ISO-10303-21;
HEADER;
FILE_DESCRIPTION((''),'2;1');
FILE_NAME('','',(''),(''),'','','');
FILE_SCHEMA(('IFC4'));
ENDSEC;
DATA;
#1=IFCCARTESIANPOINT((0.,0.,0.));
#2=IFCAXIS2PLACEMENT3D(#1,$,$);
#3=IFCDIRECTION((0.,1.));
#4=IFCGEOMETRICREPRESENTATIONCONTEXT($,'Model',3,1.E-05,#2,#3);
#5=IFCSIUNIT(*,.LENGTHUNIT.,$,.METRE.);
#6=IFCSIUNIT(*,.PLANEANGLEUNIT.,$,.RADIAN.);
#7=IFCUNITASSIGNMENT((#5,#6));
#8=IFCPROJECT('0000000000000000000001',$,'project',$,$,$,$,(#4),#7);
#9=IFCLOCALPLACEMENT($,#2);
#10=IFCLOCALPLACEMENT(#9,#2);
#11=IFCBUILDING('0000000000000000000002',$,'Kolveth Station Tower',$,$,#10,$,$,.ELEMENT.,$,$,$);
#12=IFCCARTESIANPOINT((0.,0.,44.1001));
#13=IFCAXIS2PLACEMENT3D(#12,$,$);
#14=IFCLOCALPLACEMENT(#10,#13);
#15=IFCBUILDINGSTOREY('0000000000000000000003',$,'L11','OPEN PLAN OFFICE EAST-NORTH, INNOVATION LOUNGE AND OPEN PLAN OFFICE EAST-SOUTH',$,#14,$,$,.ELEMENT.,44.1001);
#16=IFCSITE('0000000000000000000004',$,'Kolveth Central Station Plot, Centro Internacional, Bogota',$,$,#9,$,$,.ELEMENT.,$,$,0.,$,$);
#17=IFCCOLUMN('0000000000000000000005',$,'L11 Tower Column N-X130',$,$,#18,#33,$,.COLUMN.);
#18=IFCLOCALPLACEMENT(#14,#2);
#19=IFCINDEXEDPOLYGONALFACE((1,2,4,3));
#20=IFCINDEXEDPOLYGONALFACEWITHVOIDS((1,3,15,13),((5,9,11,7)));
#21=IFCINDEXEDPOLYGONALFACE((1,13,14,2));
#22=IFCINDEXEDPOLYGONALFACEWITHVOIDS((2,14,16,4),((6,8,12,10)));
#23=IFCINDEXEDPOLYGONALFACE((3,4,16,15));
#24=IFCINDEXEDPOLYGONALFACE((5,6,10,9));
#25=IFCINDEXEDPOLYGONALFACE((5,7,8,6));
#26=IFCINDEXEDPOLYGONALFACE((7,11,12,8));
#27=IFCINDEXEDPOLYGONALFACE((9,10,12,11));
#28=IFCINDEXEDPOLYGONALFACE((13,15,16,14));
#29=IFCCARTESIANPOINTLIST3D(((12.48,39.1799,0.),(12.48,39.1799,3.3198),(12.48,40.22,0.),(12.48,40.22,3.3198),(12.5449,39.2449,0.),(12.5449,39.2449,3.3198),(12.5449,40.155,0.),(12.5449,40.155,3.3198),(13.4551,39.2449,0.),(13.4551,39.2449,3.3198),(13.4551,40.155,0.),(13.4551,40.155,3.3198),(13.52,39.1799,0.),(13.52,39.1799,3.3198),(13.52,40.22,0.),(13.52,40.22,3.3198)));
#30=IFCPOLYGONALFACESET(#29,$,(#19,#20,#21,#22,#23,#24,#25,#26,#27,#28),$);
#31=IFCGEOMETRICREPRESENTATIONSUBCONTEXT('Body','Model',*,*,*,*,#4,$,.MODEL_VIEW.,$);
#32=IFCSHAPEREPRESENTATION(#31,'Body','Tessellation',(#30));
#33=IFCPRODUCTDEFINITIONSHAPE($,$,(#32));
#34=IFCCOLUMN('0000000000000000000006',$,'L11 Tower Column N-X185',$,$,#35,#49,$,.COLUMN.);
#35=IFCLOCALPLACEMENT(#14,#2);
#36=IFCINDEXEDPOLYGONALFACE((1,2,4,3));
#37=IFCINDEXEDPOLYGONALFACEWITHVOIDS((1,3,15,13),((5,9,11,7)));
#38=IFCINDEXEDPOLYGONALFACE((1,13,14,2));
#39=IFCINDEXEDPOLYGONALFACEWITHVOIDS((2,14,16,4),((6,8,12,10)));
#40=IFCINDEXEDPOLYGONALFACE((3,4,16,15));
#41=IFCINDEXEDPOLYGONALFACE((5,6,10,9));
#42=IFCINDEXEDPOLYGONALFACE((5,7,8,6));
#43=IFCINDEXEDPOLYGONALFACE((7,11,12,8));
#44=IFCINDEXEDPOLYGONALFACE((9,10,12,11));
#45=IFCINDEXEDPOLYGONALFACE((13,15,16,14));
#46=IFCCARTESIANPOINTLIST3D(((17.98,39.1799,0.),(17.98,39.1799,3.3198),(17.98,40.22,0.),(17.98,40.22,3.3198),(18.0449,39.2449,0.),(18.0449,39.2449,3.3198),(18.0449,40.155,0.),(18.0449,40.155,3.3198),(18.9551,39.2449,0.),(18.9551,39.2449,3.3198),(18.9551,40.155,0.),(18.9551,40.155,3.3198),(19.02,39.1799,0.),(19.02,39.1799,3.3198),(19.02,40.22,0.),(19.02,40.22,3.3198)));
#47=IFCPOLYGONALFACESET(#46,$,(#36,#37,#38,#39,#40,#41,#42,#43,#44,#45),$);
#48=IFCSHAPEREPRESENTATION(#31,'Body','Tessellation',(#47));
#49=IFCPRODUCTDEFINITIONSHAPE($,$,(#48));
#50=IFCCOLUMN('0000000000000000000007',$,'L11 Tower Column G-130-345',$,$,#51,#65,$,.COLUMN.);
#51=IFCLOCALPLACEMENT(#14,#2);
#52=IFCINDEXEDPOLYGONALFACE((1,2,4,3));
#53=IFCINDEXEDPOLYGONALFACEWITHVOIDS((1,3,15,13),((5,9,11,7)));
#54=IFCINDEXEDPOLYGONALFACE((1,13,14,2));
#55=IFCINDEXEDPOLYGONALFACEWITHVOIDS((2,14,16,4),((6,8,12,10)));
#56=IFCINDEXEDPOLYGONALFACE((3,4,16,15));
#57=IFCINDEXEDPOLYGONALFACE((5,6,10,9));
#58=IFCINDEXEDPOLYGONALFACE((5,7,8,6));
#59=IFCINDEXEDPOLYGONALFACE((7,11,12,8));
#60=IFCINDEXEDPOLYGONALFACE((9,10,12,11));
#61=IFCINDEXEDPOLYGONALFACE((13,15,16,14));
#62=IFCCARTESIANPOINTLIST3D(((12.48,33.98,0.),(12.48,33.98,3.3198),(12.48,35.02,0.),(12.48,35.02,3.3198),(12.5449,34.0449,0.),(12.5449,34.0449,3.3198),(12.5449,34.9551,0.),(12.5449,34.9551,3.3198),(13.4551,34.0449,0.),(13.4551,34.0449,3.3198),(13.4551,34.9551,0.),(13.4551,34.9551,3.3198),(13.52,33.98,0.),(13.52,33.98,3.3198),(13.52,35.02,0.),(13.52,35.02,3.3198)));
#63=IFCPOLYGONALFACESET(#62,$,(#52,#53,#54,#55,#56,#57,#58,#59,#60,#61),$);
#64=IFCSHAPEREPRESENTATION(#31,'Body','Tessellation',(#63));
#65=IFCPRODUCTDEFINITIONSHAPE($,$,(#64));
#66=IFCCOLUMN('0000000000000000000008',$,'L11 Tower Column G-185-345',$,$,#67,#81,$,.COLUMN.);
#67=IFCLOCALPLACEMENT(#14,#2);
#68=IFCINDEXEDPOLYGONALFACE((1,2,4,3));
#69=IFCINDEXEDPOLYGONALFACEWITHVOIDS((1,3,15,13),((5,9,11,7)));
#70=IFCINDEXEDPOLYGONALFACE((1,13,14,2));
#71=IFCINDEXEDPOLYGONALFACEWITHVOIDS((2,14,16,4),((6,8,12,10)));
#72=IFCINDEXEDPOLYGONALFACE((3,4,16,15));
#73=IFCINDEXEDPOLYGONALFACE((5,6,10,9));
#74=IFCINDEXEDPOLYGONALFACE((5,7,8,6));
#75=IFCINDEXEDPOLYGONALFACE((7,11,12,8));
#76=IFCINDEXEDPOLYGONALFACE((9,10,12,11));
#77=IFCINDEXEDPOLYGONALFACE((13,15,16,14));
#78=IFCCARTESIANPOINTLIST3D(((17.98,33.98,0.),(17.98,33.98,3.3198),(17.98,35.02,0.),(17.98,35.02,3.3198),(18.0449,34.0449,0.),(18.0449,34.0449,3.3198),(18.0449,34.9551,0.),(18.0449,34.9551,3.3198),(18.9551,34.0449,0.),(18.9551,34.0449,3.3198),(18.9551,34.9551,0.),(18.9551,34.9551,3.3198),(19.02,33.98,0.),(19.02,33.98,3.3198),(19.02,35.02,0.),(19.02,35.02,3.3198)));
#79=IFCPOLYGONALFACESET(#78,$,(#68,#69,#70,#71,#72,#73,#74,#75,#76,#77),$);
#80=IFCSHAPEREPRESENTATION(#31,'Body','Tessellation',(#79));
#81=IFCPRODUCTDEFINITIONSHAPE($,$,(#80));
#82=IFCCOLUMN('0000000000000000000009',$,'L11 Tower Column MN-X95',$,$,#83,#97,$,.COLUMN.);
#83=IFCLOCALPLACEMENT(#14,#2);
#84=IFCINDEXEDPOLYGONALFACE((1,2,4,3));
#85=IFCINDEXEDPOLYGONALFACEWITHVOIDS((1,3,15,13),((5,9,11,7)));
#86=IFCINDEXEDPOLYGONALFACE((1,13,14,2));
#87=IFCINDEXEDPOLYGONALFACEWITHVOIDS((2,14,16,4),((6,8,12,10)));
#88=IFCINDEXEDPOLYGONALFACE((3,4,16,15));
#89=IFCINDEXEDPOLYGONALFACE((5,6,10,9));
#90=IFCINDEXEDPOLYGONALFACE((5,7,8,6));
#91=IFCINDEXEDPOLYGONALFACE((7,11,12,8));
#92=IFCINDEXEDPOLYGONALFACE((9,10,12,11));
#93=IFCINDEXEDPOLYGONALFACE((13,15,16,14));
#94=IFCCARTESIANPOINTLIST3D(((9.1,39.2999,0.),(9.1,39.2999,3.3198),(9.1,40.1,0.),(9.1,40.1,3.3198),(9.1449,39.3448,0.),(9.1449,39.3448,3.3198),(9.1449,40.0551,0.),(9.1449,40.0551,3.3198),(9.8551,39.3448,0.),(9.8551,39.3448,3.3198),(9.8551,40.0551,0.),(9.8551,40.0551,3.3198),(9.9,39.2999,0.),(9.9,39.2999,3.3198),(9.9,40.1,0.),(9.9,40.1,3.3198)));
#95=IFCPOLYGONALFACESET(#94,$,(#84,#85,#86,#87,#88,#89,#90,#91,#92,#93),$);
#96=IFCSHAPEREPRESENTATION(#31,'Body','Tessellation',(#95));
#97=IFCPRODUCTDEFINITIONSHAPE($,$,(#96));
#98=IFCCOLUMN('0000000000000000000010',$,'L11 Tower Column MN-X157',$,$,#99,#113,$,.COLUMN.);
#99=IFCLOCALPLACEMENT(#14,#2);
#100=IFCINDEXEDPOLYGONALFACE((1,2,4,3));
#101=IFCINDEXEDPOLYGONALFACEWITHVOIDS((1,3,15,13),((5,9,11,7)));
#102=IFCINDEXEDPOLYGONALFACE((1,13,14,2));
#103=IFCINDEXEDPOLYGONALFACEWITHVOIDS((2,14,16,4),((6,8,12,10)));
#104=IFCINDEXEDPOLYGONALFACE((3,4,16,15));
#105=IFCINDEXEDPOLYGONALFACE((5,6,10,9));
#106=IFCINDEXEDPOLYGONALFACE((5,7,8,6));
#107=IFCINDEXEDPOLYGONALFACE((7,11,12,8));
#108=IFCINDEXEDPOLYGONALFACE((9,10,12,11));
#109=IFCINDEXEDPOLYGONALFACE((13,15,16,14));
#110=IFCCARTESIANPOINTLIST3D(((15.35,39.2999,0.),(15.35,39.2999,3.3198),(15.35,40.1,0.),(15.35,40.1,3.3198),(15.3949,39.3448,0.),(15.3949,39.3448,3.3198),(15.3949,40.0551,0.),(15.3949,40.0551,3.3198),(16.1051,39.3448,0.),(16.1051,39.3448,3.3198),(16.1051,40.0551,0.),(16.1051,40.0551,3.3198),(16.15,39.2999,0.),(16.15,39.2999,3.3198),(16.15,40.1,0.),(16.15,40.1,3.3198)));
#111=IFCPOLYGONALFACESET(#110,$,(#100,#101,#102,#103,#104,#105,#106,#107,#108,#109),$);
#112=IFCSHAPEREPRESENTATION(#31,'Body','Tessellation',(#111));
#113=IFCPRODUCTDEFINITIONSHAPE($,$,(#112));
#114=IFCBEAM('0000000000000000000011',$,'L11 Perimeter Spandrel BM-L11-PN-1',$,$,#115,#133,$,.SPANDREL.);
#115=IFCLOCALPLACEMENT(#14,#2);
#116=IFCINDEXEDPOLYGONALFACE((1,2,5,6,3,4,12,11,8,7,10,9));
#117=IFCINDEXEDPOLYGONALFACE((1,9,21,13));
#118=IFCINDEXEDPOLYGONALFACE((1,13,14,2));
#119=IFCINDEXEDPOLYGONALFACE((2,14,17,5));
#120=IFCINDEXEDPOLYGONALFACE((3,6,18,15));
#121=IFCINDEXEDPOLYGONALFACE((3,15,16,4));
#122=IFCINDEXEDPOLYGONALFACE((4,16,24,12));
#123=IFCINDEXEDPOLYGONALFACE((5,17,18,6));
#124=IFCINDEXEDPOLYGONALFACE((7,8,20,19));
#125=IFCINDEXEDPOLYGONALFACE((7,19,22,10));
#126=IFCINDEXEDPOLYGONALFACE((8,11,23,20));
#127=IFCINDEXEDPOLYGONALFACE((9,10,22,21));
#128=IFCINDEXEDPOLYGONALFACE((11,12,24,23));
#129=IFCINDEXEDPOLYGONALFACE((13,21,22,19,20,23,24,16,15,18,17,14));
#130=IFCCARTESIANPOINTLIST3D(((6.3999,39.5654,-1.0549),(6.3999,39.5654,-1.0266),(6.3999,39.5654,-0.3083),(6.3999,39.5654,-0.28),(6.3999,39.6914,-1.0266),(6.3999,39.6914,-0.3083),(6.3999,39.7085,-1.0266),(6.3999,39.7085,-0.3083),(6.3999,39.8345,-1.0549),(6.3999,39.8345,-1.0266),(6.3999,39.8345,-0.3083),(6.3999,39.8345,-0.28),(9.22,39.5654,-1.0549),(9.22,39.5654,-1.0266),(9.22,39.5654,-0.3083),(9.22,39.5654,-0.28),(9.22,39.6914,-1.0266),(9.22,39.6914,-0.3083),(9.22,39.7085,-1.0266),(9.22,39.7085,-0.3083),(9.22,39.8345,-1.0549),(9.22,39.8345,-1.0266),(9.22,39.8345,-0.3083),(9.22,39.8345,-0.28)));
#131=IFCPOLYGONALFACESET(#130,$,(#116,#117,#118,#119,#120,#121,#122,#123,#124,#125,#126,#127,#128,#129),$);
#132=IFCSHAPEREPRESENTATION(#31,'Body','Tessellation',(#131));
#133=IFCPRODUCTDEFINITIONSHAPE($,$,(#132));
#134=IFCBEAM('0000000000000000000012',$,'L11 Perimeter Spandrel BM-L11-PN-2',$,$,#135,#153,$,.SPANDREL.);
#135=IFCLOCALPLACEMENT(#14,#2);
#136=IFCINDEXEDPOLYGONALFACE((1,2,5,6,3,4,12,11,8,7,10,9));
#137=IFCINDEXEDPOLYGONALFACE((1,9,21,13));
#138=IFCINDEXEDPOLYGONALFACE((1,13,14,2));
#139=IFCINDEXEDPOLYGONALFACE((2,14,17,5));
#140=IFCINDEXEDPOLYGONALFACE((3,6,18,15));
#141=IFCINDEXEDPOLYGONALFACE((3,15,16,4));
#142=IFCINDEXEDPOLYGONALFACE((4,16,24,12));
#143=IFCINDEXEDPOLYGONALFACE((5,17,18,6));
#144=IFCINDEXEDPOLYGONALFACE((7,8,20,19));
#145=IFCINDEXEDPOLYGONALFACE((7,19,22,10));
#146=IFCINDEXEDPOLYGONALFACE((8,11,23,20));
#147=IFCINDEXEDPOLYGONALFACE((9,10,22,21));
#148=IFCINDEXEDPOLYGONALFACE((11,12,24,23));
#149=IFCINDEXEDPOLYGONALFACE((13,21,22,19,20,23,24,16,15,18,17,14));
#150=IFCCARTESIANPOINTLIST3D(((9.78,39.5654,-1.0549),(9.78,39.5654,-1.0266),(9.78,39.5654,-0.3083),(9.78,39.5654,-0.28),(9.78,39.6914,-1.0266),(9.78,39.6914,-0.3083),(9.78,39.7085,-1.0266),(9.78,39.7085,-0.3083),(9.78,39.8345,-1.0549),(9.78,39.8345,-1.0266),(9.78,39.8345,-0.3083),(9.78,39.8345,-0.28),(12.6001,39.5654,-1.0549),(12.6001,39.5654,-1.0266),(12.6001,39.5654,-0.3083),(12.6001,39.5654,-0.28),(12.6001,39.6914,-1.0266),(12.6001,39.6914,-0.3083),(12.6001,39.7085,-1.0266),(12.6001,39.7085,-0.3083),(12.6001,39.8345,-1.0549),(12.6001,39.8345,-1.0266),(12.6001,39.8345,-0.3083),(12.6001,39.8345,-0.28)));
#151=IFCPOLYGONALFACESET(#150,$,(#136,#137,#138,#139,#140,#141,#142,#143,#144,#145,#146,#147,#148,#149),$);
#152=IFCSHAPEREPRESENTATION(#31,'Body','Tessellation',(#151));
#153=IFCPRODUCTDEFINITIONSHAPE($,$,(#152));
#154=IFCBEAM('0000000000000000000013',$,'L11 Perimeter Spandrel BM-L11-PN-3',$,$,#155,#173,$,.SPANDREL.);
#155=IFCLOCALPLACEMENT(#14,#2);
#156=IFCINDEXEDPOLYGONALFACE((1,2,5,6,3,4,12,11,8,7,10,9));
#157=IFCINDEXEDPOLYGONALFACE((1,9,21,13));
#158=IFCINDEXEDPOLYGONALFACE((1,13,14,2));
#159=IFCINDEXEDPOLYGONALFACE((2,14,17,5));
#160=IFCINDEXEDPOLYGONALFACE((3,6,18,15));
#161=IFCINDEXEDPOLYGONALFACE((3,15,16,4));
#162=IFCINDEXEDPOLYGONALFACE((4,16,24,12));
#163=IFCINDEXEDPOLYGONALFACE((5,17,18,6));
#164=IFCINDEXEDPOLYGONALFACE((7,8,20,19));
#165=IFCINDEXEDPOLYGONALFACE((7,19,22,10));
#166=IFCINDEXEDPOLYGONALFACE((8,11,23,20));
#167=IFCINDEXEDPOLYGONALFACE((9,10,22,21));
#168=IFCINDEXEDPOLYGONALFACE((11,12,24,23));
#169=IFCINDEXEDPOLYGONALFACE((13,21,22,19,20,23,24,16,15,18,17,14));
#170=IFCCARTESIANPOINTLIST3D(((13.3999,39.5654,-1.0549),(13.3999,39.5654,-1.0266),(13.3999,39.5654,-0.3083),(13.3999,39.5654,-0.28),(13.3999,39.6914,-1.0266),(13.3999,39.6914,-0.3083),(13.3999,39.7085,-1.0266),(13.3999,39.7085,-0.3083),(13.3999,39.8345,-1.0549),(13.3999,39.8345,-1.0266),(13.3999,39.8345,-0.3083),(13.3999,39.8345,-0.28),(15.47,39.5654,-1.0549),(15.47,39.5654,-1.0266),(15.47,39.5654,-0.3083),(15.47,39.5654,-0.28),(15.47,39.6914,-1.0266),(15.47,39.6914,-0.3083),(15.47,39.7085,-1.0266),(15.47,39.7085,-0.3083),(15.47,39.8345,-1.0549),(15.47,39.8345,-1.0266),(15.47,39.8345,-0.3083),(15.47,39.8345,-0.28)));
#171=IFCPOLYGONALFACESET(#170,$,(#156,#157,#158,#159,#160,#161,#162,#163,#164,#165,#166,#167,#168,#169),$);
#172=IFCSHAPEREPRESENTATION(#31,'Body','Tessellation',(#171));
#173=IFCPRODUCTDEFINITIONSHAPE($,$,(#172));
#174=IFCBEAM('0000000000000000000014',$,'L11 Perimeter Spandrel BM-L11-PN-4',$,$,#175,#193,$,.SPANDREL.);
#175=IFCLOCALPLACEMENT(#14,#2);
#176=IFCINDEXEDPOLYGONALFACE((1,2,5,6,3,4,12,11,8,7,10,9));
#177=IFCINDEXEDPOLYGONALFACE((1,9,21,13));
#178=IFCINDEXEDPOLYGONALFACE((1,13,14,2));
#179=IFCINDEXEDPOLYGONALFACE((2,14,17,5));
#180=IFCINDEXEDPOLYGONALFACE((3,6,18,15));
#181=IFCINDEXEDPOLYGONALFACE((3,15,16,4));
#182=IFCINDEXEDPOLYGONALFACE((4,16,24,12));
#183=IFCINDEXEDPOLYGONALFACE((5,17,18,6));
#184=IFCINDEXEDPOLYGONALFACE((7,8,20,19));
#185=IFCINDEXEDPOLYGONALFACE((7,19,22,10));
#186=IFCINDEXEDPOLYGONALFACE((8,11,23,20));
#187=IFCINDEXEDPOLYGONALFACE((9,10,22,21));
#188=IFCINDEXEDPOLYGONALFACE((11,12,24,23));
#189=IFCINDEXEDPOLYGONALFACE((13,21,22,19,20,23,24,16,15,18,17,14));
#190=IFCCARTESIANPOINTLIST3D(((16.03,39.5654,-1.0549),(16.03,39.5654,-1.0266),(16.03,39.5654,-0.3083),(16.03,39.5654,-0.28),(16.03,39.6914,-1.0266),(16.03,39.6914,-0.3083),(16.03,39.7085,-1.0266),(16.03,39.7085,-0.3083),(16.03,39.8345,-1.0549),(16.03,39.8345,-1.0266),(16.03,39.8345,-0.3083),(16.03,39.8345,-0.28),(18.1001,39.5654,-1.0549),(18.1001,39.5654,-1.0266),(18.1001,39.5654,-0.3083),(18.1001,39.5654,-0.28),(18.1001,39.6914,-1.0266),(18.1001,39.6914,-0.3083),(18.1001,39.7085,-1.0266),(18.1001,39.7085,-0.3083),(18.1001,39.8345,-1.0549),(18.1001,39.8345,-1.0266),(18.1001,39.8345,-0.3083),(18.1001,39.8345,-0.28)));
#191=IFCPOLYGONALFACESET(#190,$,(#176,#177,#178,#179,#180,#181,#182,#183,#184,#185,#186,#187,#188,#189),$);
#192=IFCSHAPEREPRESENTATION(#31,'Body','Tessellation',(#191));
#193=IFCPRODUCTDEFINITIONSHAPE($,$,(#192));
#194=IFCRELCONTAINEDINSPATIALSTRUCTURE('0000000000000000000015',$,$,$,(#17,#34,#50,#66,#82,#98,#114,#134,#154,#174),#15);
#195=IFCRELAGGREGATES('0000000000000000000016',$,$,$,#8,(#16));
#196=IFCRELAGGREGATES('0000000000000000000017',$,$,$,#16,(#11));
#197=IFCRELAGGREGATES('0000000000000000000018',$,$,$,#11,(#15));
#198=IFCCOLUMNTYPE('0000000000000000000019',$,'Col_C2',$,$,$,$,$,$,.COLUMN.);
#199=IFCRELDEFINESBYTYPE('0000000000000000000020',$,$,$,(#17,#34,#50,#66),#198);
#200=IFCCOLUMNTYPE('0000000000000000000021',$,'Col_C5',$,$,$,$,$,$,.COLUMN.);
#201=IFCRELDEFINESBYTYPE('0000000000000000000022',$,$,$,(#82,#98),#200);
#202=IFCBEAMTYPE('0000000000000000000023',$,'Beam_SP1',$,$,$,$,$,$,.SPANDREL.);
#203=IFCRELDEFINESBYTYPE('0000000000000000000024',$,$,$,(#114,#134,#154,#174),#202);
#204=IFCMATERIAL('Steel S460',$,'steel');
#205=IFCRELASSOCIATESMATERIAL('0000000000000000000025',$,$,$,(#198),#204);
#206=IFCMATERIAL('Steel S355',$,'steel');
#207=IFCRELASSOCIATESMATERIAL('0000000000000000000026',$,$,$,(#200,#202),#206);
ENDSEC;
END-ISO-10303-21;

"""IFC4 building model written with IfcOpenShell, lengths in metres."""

from ifc_helpers import new_model, si_unit, direction, frame, origin, origin_2d, place, context, subcontext, project, spatial, hollow_rectangle, i_section, extrude, source, transform, mapped, material, material_profile, profile_set, type_object, element, save


model = new_model("IFC4")

# Units and contexts
model_context = context("Model", 3, precision=1e-05, world=origin(), true_north=direction((0.0, 1.0)))
body_context = subcontext(model_context, "Body", "Model", "MODEL_VIEW")
ifc_project = project(units=[si_unit("LENGTHUNIT", "METRE"), si_unit("PLANEANGLEUNIT", "RADIAN")], contexts=[model_context])

# Site, building, storey
site_placement = place(None, origin())
site = spatial("IfcSite", under=ifc_project, at=site_placement, Name="Kolveth Central Station Plot, Centro Internacional, Bogota", CompositionType="ELEMENT", RefElevation=0.0)
building_placement = place(site_placement, origin())
building = spatial("IfcBuilding", under=site, at=building_placement, Name="Kolveth Station Tower", CompositionType="ELEMENT")
storey_placement = place(building_placement, frame((0.0, 0.0, 44.1001)))
storey = spatial("IfcBuildingStorey", under=building, at=storey_placement, Name="L11", Description="OPEN PLAN OFFICE EAST-NORTH, INNOVATION LOUNGE AND OPEN PLAN OFFICE EAST-SOUTH", CompositionType="ELEMENT", Elevation=44.1001)

# Columns
ifc_material_1 = material(Name="Steel S460", Category="steel")
ifc_material_profile_1 = material_profile(ifc_material_1, hollow_rectangle(XDim=1.04, YDim=1.04, WallThickness=0.0649, at=origin_2d()), Name="BOX1040x1040x65")
ifc_profile_set_1 = profile_set([ifc_material_profile_1], Name="Steel S460")
column_type_1 = type_object("IfcColumnType", Name="Col_C2", PredefinedType="COLUMN", material=ifc_profile_set_1)
shared_shape_1 = source(origin(), body_context, "Body", "SweptSolid", [
    extrude(hollow_rectangle(XDim=1.04, YDim=1.04, WallThickness=0.0649, at=origin_2d()), origin(), (0.0, 0.0, 1.0), 3.3198),
])
for number, where, z_axis, x_axis, name in (
    (1, (13.0, 39.7, 0.0), (0.0, 0.0, 1.0), (1.0, 0.0, 0.0), "L11 Tower Column N-X130"),
    (2, (18.5, 39.7, 0.0), (0.0, 0.0, 1.0), (1.0, 0.0, 0.0), "L11 Tower Column N-X185"),
    (3, (13.0, 34.5, 0.0), (0.0, 0.0, 1.0), (1.0, 0.0, 0.0), "L11 Tower Column G-130-345"),
    (4, (18.5, 34.5, 0.0), (0.0, 0.0, 1.0), (1.0, 0.0, 0.0), "L11 Tower Column G-185-345"),
):
    element("IfcColumn", number, at=place(storey_placement, frame(where, z_axis=z_axis, x_axis=x_axis)), inside=storey, type_object=column_type_1, Name=name, PredefinedType="COLUMN", context=body_context, shape_type="MappedRepresentation", body=[
        mapped(shared_shape_1, transform((0.0, 0.0, 0.0), x_axis=(1.0, 0.0, 0.0), y_axis=(0.0, 1.0, 0.0), z_axis=(0.0, 0.0, 1.0), scale=1.0)),
    ])
ifc_material_2 = material(Name="Steel S355", Category="steel")
ifc_material_profile_2 = material_profile(ifc_material_2, hollow_rectangle(XDim=0.8, YDim=0.8, WallThickness=0.0449, at=origin_2d()), Name="BOX800x800x45")
ifc_profile_set_2 = profile_set([ifc_material_profile_2], Name="Steel S355")
column_type_2 = type_object("IfcColumnType", Name="Col_C5", PredefinedType="COLUMN", material=ifc_profile_set_2)
shared_shape_2 = source(origin(), body_context, "Body", "SweptSolid", [
    extrude(hollow_rectangle(XDim=0.8, YDim=0.8, WallThickness=0.0449, at=origin_2d()), origin(), (0.0, 0.0, 1.0), 3.3198),
])
for number, where, z_axis, x_axis, name in (
    (5, (9.5, 39.7, 0.0), (0.0, 0.0, 1.0), (1.0, 0.0, 0.0), "L11 Tower Column MN-X95"),
    (6, (15.75, 39.7, 0.0), (0.0, 0.0, 1.0), (1.0, 0.0, 0.0), "L11 Tower Column MN-X157"),
):
    element("IfcColumn", number, at=place(storey_placement, frame(where, z_axis=z_axis, x_axis=x_axis)), inside=storey, type_object=column_type_2, Name=name, PredefinedType="COLUMN", context=body_context, shape_type="MappedRepresentation", body=[
        mapped(shared_shape_2, transform((0.0, 0.0, 0.0), x_axis=(1.0, 0.0, 0.0), y_axis=(0.0, 1.0, 0.0), z_axis=(0.0, 0.0, 1.0), scale=1.0)),
    ])

# Beams
ifc_material_profile_3 = material_profile(ifc_material_2, i_section(OverallWidth=0.269, OverallDepth=0.7749, WebThickness=0.0171, FlangeThickness=0.0283, at=origin_2d()), Name="W760x220")
ifc_profile_set_3 = profile_set([ifc_material_profile_3], Name="Steel S355")
beam_type_1 = type_object("IfcBeamType", Name="Beam_SP1", PredefinedType="SPANDREL", material=ifc_profile_set_3)
shared_shape_3 = source(origin(), body_context, "Body", "SweptSolid", [
    extrude(i_section(OverallWidth=0.269, OverallDepth=0.7749, WebThickness=0.0171, FlangeThickness=0.0283, at=origin_2d()), origin(), (0.0, 0.0, 1.0), 2.8201),
])
for number, where, z_axis, x_axis, name in (
    (7, (6.3999, 39.7, -0.6675), (1.0, 0.0, 0.0), (0.0, 1.0, 0.0), "L11 Perimeter Spandrel BM-L11-PN-1"),
    (8, (9.78, 39.7, -0.6675), (1.0, 0.0, 0.0), (0.0, 1.0, 0.0), "L11 Perimeter Spandrel BM-L11-PN-2"),
):
    element("IfcBeam", number, at=place(storey_placement, frame(where, z_axis=z_axis, x_axis=x_axis)), inside=storey, type_object=beam_type_1, Name=name, PredefinedType="SPANDREL", context=body_context, shape_type="MappedRepresentation", body=[
        mapped(shared_shape_3, transform((0.0, 0.0, 0.0), x_axis=(1.0, 0.0, 0.0), y_axis=(0.0, 1.0, 0.0), z_axis=(0.0, 0.0, 1.0), scale=1.0)),
    ])
shared_shape_4 = source(origin(), body_context, "Body", "SweptSolid", [
    extrude(i_section(OverallWidth=0.269, OverallDepth=0.7749, WebThickness=0.0171, FlangeThickness=0.0283, at=origin_2d()), origin(), (0.0, 0.0, 1.0), 2.0701),
])
for number, where, z_axis, x_axis, name in (
    (9, (13.3999, 39.7, -0.6675), (1.0, 0.0, 0.0), (0.0, 1.0, 0.0), "L11 Perimeter Spandrel BM-L11-PN-3"),
    (10, (16.03, 39.7, -0.6675), (1.0, 0.0, 0.0), (0.0, 1.0, 0.0), "L11 Perimeter Spandrel BM-L11-PN-4"),
):
    element("IfcBeam", number, at=place(storey_placement, frame(where, z_axis=z_axis, x_axis=x_axis)), inside=storey, type_object=beam_type_1, Name=name, PredefinedType="SPANDREL", context=body_context, shape_type="MappedRepresentation", body=[
        mapped(shared_shape_4, transform((0.0, 0.0, 0.0), x_axis=(1.0, 0.0, 0.0), y_axis=(0.0, 1.0, 0.0), z_axis=(0.0, 0.0, 1.0), scale=1.0)),
    ])

save(model, "model.ifc")
